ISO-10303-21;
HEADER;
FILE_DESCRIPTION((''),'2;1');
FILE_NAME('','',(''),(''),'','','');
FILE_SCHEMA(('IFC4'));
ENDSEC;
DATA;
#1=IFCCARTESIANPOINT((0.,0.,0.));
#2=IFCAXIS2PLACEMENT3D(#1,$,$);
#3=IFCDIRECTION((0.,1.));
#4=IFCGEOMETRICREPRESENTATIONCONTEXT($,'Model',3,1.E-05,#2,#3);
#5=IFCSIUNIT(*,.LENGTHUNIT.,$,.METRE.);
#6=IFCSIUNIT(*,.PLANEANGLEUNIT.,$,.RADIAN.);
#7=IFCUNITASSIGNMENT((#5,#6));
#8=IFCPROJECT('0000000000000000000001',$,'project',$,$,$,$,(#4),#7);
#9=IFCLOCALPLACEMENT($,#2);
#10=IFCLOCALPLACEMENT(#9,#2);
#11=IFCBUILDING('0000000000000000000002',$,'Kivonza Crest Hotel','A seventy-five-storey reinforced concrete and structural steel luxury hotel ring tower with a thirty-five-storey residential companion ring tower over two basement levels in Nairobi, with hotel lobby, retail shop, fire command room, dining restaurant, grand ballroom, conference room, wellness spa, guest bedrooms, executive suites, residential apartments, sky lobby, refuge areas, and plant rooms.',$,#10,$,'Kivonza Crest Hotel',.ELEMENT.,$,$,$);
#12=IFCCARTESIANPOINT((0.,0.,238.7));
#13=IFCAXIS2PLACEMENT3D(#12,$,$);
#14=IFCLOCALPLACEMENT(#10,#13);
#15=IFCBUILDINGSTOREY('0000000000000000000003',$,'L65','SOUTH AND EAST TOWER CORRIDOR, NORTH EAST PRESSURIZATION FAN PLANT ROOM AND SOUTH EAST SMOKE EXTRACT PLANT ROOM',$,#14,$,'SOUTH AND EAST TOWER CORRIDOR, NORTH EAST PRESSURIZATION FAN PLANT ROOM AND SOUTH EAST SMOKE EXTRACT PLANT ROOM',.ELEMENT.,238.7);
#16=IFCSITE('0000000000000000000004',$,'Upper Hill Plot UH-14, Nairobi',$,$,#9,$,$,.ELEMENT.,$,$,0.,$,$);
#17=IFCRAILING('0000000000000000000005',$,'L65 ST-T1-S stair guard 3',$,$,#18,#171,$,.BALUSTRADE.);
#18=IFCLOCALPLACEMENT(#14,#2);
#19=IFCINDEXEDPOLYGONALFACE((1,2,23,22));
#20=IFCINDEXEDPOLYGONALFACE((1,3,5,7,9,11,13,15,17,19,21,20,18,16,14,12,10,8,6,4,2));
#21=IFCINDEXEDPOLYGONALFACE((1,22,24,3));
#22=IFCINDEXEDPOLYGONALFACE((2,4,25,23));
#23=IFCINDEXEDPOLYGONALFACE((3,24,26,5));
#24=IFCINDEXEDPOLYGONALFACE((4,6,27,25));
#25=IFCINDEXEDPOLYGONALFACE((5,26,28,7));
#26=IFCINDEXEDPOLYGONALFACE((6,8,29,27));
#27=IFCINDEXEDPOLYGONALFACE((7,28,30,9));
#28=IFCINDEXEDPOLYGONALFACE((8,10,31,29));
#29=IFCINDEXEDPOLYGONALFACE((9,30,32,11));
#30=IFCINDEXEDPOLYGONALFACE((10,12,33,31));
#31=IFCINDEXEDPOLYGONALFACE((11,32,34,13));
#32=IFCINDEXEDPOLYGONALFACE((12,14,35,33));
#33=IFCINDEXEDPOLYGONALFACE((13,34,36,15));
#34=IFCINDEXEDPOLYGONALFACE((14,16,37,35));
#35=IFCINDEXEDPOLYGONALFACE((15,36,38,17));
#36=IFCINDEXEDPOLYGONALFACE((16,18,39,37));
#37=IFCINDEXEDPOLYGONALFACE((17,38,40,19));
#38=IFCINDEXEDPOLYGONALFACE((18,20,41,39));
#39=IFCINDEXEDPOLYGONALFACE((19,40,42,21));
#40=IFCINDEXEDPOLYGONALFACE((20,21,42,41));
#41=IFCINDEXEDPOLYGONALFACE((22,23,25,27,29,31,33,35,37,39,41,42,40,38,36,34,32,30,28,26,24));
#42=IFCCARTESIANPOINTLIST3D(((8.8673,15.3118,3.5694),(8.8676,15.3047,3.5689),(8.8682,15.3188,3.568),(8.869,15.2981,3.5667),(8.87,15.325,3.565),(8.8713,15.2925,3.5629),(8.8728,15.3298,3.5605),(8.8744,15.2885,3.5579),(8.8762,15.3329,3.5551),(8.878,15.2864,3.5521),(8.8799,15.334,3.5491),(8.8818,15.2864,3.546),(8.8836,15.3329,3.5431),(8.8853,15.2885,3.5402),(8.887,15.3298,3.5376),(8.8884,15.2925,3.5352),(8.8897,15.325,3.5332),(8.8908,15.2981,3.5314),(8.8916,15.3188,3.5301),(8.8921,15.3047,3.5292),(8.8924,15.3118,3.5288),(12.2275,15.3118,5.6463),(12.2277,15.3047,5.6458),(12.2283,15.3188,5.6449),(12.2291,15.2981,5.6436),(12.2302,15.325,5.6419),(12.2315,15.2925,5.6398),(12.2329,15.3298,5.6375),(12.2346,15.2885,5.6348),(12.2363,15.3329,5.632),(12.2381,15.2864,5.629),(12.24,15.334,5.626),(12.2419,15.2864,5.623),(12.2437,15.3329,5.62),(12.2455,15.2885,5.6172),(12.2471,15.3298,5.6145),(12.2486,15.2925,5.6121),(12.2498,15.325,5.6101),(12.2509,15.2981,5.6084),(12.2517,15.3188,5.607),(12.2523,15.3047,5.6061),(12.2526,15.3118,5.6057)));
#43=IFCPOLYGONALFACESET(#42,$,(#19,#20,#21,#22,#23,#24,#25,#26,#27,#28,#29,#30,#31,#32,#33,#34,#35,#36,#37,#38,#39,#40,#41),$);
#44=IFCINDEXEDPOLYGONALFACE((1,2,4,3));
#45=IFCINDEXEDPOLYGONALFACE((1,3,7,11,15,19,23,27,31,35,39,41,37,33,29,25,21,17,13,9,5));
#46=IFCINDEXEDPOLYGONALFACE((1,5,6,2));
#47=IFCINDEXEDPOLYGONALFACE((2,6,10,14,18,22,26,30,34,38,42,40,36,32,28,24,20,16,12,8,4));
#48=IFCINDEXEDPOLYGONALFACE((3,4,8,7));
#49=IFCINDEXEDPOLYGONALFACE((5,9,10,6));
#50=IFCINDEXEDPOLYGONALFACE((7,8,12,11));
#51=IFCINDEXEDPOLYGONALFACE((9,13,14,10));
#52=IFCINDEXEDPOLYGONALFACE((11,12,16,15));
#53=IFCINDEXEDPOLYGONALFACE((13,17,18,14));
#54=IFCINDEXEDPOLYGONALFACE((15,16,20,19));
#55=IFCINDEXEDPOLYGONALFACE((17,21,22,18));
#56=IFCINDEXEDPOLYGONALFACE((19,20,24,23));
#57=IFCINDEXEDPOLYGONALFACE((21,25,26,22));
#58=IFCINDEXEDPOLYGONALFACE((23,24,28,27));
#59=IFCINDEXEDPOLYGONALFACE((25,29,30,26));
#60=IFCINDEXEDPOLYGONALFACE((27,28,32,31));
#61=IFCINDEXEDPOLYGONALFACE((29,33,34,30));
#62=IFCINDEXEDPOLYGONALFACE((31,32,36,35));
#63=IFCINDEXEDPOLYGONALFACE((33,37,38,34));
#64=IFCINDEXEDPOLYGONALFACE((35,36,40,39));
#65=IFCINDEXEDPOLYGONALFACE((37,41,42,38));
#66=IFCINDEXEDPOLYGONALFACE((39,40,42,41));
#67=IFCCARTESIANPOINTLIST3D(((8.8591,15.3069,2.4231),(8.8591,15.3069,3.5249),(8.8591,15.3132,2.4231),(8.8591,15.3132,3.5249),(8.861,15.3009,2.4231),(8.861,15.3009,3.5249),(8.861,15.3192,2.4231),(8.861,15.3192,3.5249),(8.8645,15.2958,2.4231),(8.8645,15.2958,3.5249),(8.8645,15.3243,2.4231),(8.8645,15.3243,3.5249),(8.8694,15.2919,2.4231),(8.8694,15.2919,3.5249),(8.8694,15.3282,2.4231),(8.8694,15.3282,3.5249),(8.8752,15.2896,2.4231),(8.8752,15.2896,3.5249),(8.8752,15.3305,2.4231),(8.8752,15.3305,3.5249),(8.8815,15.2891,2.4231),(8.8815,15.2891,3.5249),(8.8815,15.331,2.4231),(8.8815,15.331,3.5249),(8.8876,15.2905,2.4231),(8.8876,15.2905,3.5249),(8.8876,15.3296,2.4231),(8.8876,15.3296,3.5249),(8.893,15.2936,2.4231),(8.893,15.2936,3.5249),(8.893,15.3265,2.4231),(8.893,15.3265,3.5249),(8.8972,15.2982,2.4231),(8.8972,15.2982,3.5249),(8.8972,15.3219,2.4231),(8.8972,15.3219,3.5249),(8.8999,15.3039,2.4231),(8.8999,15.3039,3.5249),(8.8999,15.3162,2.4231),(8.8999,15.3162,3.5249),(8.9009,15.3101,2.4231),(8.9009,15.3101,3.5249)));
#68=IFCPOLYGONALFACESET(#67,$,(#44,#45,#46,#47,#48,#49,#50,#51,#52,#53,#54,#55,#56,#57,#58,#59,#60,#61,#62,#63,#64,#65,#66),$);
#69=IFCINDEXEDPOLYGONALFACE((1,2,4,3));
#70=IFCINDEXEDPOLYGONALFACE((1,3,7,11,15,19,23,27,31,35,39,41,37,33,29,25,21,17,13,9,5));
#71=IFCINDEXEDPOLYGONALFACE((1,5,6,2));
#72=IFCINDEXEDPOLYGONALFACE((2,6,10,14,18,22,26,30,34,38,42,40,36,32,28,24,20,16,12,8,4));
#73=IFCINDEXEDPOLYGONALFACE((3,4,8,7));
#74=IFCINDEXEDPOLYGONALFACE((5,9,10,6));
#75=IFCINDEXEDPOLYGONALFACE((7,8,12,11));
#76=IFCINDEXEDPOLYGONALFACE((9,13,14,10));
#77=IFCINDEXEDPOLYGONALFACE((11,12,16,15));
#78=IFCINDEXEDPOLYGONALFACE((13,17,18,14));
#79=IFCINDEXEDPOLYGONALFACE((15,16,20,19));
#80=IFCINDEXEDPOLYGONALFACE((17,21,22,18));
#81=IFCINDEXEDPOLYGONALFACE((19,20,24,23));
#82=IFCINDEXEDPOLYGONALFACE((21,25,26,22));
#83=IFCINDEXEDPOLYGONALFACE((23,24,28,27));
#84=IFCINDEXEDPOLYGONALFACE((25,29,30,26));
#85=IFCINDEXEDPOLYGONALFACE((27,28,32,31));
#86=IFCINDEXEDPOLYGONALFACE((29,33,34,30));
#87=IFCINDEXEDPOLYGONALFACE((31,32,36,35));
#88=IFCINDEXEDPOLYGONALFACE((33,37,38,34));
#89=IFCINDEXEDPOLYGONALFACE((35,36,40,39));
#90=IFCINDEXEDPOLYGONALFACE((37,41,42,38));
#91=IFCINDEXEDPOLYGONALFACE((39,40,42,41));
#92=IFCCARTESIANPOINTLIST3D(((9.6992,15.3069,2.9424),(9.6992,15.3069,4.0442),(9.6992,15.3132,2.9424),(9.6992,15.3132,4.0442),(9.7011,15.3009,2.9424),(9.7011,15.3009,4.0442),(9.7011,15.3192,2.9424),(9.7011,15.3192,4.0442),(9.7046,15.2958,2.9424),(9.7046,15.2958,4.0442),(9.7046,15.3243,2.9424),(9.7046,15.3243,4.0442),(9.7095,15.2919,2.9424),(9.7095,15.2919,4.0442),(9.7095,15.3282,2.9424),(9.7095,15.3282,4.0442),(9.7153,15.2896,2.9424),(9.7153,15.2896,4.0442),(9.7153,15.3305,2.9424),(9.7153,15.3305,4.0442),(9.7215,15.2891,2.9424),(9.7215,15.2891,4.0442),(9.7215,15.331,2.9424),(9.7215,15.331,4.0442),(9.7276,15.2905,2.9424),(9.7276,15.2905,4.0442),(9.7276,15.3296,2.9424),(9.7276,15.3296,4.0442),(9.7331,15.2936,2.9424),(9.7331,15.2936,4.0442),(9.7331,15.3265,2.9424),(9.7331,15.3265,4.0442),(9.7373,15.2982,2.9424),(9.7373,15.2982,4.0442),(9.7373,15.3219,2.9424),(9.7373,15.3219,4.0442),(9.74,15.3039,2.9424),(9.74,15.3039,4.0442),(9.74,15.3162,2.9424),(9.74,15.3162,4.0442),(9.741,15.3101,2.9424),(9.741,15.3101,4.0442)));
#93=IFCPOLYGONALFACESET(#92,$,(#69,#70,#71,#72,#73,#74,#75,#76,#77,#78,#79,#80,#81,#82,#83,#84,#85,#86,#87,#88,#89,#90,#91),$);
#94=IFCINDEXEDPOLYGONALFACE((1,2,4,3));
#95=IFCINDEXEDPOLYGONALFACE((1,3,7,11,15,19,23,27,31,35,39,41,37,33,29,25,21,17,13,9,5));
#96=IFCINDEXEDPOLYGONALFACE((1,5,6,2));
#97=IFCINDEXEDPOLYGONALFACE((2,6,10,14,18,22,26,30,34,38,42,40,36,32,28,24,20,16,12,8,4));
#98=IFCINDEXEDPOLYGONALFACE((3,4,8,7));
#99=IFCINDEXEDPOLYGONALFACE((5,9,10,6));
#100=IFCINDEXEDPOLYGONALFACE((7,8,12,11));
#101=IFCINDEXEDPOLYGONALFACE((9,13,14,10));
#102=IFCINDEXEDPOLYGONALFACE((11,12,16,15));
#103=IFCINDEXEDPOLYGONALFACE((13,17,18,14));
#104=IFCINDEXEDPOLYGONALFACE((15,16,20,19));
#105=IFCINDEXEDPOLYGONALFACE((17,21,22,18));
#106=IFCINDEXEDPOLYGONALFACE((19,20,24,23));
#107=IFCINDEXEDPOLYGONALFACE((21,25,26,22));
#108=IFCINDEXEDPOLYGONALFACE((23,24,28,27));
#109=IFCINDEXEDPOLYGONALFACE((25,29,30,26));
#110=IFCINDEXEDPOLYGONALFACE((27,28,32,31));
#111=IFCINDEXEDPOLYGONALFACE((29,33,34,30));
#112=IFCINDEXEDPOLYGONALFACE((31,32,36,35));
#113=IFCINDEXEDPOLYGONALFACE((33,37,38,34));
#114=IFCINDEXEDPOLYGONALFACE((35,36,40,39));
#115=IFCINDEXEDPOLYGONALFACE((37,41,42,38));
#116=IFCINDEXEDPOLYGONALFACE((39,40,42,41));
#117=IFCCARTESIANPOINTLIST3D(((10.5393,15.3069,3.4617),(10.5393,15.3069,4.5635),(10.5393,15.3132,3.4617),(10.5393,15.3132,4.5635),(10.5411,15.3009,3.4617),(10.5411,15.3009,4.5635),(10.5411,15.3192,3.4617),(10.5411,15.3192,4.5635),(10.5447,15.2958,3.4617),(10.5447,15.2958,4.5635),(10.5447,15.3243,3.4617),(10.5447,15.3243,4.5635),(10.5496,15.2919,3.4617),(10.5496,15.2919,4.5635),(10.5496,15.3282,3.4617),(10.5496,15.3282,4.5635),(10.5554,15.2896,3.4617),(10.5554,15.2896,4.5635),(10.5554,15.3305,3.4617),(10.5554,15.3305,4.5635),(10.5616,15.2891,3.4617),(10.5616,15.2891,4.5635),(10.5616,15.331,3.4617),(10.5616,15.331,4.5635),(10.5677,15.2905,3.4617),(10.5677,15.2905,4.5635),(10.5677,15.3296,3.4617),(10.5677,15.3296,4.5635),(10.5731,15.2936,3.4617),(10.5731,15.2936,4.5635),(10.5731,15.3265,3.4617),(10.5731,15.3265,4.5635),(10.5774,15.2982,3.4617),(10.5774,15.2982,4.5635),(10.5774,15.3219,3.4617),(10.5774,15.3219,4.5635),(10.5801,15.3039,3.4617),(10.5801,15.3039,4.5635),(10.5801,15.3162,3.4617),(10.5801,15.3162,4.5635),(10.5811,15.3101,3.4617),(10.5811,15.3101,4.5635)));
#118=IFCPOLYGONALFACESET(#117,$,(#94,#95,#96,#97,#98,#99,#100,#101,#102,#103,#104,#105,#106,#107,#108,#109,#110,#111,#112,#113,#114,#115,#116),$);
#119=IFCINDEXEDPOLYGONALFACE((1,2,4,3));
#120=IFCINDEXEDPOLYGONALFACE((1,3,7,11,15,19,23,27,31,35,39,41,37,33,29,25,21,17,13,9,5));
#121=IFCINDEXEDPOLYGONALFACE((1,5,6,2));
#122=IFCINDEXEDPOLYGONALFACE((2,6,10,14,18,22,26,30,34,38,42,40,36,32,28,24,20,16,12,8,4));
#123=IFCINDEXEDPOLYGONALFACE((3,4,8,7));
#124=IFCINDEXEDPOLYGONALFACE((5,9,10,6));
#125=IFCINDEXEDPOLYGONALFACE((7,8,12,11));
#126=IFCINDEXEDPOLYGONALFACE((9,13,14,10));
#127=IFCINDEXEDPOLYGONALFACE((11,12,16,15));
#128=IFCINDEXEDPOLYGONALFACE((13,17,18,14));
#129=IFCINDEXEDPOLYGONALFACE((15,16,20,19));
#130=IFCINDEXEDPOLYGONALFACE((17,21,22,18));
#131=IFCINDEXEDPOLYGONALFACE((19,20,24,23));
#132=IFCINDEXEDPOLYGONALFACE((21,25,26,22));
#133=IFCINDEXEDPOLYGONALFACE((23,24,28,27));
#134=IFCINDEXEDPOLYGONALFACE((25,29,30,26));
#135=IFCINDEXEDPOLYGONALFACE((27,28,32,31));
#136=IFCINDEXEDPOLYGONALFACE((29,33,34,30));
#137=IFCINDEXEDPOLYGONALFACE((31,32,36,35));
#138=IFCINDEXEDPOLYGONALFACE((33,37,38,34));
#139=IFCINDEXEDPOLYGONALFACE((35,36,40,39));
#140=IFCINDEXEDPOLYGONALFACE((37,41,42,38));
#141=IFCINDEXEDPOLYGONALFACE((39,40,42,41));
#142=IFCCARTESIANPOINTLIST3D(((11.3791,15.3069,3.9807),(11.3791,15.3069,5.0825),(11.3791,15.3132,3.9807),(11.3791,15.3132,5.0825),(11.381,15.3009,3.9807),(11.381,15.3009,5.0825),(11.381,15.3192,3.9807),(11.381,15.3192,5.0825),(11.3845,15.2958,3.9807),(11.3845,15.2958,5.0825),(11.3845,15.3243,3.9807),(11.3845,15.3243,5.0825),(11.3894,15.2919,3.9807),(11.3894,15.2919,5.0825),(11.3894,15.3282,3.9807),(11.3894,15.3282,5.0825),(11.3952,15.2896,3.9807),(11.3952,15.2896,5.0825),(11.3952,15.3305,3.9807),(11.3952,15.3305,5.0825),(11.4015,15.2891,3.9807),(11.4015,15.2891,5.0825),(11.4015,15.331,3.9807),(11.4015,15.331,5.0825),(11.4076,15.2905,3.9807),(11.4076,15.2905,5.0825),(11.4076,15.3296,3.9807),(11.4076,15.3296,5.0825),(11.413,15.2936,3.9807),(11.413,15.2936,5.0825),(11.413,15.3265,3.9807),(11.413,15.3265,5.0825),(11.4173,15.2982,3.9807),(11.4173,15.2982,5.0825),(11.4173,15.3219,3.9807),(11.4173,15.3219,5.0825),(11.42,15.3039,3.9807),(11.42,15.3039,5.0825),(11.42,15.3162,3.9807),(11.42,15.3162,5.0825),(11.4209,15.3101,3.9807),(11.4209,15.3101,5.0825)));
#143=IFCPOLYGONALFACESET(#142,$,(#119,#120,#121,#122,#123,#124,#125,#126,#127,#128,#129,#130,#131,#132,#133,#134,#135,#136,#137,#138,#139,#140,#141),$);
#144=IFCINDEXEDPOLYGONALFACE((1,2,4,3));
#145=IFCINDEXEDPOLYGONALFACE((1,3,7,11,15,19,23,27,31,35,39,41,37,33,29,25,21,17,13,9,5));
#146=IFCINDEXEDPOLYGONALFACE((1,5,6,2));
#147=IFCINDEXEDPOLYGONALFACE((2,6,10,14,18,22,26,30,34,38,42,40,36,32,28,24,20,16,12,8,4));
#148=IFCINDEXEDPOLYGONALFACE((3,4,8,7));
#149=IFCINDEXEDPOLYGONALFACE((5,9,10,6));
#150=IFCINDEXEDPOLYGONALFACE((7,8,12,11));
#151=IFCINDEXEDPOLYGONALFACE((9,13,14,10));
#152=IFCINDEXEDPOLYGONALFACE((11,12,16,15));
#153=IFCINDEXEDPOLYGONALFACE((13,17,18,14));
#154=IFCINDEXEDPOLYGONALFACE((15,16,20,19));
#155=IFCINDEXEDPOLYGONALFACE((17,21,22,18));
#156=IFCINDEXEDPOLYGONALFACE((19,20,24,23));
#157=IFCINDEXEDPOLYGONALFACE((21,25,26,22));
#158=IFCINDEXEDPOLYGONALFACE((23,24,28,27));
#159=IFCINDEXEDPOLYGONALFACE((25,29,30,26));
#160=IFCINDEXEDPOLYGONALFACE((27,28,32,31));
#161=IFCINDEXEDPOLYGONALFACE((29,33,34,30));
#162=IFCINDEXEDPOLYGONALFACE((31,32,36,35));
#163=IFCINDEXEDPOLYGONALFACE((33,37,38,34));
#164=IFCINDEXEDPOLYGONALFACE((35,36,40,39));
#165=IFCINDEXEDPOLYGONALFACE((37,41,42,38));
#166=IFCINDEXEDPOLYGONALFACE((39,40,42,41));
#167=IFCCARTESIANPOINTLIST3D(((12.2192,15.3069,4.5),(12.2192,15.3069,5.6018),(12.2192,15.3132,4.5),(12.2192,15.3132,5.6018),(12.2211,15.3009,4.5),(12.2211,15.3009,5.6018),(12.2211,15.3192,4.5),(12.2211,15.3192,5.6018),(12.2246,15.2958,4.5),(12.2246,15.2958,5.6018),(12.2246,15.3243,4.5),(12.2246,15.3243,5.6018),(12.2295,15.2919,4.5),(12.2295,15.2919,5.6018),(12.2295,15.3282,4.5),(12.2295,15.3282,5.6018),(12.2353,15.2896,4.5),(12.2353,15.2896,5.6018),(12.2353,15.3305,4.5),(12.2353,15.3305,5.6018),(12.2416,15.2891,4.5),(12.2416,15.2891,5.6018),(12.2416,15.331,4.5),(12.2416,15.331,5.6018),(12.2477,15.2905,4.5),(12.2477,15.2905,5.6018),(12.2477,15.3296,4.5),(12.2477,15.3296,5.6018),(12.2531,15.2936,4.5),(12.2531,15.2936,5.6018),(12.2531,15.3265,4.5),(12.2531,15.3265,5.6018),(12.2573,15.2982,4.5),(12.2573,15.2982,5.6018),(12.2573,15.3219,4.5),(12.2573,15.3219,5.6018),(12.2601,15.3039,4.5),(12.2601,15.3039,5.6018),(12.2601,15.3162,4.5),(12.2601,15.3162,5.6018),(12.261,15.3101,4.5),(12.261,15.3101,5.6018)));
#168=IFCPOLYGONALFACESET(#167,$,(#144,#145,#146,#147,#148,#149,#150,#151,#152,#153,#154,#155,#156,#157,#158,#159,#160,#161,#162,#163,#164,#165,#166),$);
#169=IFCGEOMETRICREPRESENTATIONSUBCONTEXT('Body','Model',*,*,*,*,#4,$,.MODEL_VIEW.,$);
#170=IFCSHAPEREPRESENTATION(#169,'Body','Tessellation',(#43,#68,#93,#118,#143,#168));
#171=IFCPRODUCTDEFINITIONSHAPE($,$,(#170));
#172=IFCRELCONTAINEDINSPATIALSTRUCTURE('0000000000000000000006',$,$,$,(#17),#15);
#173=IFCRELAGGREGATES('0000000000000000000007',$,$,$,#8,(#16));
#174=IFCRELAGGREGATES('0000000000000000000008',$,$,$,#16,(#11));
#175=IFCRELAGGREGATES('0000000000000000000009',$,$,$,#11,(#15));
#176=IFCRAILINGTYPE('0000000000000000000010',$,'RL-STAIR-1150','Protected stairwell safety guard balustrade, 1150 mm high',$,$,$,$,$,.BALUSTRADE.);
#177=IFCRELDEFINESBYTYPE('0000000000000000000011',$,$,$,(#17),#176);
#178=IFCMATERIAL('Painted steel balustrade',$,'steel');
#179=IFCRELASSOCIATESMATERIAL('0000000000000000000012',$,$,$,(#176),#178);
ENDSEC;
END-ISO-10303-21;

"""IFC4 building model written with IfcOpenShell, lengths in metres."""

from ifc_helpers import new_model, si_unit, direction, frame, origin, origin_2d, place, context, subcontext, project, spatial, circle, extrude, material, type_object, element, save


model = new_model("IFC4")

# Units and contexts
model_context = context("Model", 3, precision=1e-05, world=origin(), true_north=direction((0.0, 1.0)))
body_context = subcontext(model_context, "Body", "Model", "MODEL_VIEW")
ifc_project = project(units=[si_unit("LENGTHUNIT", "METRE"), si_unit("PLANEANGLEUNIT", "RADIAN")], contexts=[model_context])

# Site, building, storey
site_placement = place(None, origin())
site = spatial("IfcSite", under=ifc_project, at=site_placement, Name="Upper Hill Plot UH-14, Nairobi", CompositionType="ELEMENT", RefElevation=0.0)
building_placement = place(site_placement, origin())
building = spatial("IfcBuilding", under=site, at=building_placement, Name="Kivonza Crest Hotel", Description="A seventy-five-storey reinforced concrete and structural steel luxury hotel ring tower with a thirty-five-storey residential companion ring tower over two basement levels in Nairobi, with hotel lobby, retail shop, fire command room, dining restaurant, grand ballroom, conference room, wellness spa, guest bedrooms, executive suites, residential apartments, sky lobby, refuge areas, and plant rooms.", LongName="Kivonza Crest Hotel", CompositionType="ELEMENT")
storey_placement = place(building_placement, frame((0.0, 0.0, 238.7)))
storey = spatial("IfcBuildingStorey", under=building, at=storey_placement, Name="L65", Description="SOUTH AND EAST TOWER CORRIDOR, NORTH EAST PRESSURIZATION FAN PLANT ROOM AND SOUTH EAST SMOKE EXTRACT PLANT ROOM", LongName="SOUTH AND EAST TOWER CORRIDOR, NORTH EAST PRESSURIZATION FAN PLANT ROOM AND SOUTH EAST SMOKE EXTRACT PLANT ROOM", CompositionType="ELEMENT", Elevation=238.7)

# Railing
ifc_material_1 = material(Name="Painted steel balustrade", Category="steel")
railing_type_1 = type_object("IfcRailingType", Name="RL-STAIR-1150", Description="Protected stairwell safety guard balustrade, 1150 mm high", PredefinedType="BALUSTRADE", material=ifc_material_1)
railing_1_placement = place(storey_placement, frame((8.8799, 15.3101, 2.4231)))
element("IfcRailing", 1, at=railing_1_placement, inside=storey, type_object=railing_type_1, Name="L65 ST-T1-S stair guard 3", PredefinedType="BALUSTRADE", context=body_context, shape_type="SweptSolid", body=[
    extrude(circle(Radius=0.0239, at=origin_2d()), frame((0.0, 0.0, 1.126), z_axis=(0.850623, 0.0, 0.525776), x_axis=(0.0, 1.0, 0.0)), (0.0, 0.0, 1.0), 3.9502),
    extrude(circle(Radius=0.021, at=origin_2d()), origin(), (0.0, 0.0, 1.0), 1.1018),
    extrude(circle(Radius=0.021, at=origin_2d()), frame((0.8401, 0.0, 0.5193)), (0.0, 0.0, 1.0), 1.1018),
    extrude(circle(Radius=0.021, at=origin_2d()), frame((1.6802, 0.0, 1.0386)), (0.0, 0.0, 1.0), 1.1018),
    extrude(circle(Radius=0.021, at=origin_2d()), frame((2.52, 0.0, 1.5576)), (0.0, 0.0, 1.0), 1.1018),
    extrude(circle(Radius=0.021, at=origin_2d()), frame((3.3601, 0.0, 2.0769)), (0.0, 0.0, 1.0), 1.1018),
])

save(model, "model.ifc")
